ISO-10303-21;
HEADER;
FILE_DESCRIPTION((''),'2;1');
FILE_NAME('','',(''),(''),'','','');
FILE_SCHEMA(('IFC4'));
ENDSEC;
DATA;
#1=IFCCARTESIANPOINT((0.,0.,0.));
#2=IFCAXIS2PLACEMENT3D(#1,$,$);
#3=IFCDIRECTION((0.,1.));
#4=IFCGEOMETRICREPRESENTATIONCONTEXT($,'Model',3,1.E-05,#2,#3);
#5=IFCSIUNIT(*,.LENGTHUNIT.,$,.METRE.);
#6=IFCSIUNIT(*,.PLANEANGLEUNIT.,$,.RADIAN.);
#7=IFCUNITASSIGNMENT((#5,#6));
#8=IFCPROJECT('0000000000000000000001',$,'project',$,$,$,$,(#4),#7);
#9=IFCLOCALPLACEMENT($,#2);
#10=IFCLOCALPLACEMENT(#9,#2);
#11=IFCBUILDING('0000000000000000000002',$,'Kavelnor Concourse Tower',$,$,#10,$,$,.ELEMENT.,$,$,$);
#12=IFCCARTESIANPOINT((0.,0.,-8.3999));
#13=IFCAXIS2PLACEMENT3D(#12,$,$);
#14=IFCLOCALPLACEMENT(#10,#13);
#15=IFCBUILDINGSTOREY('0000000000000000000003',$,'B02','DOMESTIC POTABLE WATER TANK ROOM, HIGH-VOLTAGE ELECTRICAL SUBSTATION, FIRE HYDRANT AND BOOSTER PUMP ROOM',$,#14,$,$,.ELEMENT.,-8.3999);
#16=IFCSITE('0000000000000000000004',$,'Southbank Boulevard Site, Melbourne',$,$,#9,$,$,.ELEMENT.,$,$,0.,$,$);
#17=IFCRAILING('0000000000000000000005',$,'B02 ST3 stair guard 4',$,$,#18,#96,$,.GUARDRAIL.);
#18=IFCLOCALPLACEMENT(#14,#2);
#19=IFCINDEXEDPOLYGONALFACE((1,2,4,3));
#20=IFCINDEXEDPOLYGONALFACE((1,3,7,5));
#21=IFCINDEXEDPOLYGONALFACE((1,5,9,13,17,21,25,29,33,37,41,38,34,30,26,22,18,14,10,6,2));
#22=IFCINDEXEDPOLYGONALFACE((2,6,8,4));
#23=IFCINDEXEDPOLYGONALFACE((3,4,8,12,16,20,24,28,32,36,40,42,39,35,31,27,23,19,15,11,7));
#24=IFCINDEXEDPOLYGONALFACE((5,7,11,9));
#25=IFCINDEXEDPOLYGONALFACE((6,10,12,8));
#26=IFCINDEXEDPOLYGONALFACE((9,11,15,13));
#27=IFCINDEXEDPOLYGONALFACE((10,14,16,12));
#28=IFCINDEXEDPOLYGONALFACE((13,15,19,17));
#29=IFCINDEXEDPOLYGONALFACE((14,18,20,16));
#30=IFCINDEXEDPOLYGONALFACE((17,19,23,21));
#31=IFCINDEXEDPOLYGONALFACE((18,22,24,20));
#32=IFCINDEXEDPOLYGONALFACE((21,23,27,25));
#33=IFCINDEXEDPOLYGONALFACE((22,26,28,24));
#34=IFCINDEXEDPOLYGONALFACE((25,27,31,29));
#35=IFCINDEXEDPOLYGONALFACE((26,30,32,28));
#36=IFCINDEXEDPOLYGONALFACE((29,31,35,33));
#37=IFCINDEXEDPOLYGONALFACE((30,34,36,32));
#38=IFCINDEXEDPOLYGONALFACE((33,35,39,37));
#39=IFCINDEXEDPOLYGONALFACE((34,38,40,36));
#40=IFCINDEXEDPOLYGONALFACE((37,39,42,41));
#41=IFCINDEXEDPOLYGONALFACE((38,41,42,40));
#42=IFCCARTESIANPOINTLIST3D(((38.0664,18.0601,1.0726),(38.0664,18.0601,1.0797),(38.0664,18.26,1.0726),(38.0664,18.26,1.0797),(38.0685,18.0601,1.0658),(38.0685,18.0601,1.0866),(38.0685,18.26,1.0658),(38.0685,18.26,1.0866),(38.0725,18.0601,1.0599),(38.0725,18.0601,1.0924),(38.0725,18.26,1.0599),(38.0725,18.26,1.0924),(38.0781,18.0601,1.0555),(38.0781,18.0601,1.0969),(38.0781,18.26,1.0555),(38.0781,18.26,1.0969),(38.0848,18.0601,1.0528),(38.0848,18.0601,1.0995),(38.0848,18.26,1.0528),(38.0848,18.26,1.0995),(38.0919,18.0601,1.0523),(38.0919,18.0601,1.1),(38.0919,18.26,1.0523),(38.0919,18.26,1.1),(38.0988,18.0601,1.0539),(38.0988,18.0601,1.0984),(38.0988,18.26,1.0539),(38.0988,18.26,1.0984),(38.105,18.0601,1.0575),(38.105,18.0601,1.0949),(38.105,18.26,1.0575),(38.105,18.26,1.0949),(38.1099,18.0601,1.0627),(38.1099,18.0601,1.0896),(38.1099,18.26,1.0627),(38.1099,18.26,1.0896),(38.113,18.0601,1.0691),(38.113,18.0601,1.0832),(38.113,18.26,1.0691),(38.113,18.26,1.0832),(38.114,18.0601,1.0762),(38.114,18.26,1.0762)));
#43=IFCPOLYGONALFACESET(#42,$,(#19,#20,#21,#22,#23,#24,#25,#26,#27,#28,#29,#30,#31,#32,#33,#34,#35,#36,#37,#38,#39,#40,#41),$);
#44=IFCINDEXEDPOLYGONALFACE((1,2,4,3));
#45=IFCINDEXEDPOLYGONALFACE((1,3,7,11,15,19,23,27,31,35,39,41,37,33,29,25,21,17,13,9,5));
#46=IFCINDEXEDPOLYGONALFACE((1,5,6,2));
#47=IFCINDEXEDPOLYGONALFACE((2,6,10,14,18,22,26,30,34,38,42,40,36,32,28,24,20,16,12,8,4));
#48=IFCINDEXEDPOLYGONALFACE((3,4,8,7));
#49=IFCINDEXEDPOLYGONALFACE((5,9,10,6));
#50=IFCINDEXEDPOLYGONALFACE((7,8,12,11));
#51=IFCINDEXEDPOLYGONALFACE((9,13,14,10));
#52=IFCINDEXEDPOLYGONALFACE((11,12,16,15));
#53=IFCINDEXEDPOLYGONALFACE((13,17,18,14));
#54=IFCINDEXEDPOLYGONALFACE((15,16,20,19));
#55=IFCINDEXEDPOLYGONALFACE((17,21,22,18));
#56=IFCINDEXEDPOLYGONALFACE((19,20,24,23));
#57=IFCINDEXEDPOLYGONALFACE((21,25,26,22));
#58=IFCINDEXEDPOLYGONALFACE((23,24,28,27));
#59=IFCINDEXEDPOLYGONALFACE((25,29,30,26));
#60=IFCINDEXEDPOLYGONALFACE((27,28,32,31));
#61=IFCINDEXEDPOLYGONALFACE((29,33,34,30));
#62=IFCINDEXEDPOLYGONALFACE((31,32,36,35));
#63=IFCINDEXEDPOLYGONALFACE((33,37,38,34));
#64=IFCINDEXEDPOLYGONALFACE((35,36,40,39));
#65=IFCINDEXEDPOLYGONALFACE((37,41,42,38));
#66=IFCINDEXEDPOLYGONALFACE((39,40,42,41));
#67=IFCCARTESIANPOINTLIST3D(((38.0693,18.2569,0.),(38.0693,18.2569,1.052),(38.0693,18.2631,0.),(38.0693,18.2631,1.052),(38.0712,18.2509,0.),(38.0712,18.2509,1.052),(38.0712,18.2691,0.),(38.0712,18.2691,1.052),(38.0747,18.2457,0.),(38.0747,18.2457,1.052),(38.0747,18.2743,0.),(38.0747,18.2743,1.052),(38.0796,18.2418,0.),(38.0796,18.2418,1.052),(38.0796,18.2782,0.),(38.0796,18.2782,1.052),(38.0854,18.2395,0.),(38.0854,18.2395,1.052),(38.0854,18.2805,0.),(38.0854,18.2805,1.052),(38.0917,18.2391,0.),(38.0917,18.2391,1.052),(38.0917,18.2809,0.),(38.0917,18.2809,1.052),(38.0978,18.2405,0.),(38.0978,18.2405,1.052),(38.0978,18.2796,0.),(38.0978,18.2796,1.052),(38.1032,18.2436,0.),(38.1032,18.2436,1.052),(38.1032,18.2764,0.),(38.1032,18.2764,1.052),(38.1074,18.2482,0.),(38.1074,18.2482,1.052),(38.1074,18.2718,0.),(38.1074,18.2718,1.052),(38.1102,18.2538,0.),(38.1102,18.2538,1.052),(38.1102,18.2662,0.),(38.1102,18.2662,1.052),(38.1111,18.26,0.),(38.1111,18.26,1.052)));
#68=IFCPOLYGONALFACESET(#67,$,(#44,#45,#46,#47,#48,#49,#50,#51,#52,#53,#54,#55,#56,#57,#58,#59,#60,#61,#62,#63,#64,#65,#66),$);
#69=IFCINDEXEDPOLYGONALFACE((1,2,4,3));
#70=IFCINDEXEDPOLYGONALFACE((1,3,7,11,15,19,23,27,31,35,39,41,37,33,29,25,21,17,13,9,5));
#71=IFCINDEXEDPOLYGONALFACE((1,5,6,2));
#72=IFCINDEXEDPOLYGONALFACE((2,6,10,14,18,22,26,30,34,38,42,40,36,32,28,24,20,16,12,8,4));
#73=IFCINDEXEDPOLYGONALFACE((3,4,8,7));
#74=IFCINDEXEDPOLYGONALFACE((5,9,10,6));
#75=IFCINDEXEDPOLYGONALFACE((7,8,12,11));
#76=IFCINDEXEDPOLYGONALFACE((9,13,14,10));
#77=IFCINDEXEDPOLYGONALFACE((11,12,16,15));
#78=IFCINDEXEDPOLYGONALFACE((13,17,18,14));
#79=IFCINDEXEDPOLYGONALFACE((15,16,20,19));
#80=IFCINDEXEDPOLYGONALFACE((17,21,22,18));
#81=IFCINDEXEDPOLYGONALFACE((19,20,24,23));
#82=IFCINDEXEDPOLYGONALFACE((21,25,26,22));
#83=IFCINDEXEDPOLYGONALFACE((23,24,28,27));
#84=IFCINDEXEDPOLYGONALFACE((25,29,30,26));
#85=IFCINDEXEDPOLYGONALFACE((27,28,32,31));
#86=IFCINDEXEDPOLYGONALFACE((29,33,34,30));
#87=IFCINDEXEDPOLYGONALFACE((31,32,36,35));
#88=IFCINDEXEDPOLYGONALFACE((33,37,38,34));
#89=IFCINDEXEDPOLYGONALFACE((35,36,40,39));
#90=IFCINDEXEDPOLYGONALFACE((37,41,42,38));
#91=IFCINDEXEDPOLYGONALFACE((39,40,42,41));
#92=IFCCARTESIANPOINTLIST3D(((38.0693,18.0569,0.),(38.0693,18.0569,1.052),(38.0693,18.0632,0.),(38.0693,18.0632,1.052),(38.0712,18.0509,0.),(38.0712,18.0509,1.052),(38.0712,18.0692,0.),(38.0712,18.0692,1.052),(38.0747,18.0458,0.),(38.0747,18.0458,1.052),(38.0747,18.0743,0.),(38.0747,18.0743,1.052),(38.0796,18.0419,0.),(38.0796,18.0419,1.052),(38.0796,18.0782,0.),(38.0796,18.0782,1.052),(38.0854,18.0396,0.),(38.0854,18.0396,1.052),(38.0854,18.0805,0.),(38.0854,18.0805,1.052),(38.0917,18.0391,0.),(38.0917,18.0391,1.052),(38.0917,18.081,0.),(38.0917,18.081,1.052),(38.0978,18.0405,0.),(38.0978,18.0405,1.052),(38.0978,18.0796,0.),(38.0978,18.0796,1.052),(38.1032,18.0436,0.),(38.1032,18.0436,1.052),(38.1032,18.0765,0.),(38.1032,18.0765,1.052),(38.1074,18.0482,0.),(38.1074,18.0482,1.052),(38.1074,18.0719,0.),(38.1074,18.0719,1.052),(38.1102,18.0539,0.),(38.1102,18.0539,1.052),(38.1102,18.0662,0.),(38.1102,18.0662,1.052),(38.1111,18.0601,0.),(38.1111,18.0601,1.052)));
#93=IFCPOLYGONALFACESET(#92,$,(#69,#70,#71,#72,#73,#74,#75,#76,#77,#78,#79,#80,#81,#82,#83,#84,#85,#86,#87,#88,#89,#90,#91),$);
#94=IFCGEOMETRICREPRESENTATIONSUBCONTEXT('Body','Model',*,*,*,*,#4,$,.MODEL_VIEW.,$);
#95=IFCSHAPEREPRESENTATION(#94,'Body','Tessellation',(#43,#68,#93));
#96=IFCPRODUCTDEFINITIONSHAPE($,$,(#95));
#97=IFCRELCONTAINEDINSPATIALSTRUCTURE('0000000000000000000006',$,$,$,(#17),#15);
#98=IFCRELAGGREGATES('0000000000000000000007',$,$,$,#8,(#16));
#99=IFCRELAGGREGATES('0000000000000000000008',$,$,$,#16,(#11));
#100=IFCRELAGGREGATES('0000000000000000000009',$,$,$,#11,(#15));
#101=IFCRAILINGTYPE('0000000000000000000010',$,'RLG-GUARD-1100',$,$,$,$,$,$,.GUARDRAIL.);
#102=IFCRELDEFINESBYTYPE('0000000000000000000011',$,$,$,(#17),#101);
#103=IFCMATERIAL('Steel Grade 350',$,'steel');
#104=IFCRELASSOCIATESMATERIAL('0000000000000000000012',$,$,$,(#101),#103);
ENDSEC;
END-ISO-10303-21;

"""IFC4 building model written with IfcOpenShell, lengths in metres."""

from ifc_helpers import new_model, si_unit, direction, frame, origin, origin_2d, place, context, subcontext, project, spatial, circle, extrude, material, type_object, element, save


model = new_model("IFC4")

# Units and contexts
model_context = context("Model", 3, precision=1e-05, world=origin(), true_north=direction((0.0, 1.0)))
body_context = subcontext(model_context, "Body", "Model", "MODEL_VIEW")
ifc_project = project(units=[si_unit("LENGTHUNIT", "METRE"), si_unit("PLANEANGLEUNIT", "RADIAN")], contexts=[model_context])

# Site, building, storey
site_placement = place(None, origin())
site = spatial("IfcSite", under=ifc_project, at=site_placement, Name="Southbank Boulevard Site, Melbourne", CompositionType="ELEMENT", RefElevation=0.0)
building_placement = place(site_placement, origin())
building = spatial("IfcBuilding", under=site, at=building_placement, Name="Kavelnor Concourse Tower", CompositionType="ELEMENT")
storey_placement = place(building_placement, frame((0.0, 0.0, -8.3999)))
storey = spatial("IfcBuildingStorey", under=building, at=storey_placement, Name="B02", Description="DOMESTIC POTABLE WATER TANK ROOM, HIGH-VOLTAGE ELECTRICAL SUBSTATION, FIRE HYDRANT AND BOOSTER PUMP ROOM", CompositionType="ELEMENT", Elevation=-8.3999)

# Shared definitions
ifc_material_1 = material(Name="Steel Grade 350", Category="steel")

# Railing
railing_type_1 = type_object("IfcRailingType", Name="RLG-GUARD-1100", PredefinedType="GUARDRAIL", material=ifc_material_1)
railing_1_placement = place(storey_placement, frame((38.0901, 18.26, 0.0)))
element("IfcRailing", 1, at=railing_1_placement, inside=storey, type_object=railing_type_1, Name="B02 ST3 stair guard 4", PredefinedType="GUARDRAIL", context=body_context, shape_type="SweptSolid", body=[
    extrude(circle(Radius=0.0239, at=origin_2d()), frame((0.0, 0.0, 1.0762), z_axis=(0.0, -1.0, 0.0), x_axis=(1.0, 0.0, 0.0)), (0.0, 0.0, 1.0), 0.2),
    extrude(circle(Radius=0.021, at=origin_2d()), origin(), (0.0, 0.0, 1.0), 1.052),
    extrude(circle(Radius=0.021, at=origin_2d()), frame((0.0, -0.2, 0.0)), (0.0, 0.0, 1.0), 1.052),
])

save(model, "model.ifc")
